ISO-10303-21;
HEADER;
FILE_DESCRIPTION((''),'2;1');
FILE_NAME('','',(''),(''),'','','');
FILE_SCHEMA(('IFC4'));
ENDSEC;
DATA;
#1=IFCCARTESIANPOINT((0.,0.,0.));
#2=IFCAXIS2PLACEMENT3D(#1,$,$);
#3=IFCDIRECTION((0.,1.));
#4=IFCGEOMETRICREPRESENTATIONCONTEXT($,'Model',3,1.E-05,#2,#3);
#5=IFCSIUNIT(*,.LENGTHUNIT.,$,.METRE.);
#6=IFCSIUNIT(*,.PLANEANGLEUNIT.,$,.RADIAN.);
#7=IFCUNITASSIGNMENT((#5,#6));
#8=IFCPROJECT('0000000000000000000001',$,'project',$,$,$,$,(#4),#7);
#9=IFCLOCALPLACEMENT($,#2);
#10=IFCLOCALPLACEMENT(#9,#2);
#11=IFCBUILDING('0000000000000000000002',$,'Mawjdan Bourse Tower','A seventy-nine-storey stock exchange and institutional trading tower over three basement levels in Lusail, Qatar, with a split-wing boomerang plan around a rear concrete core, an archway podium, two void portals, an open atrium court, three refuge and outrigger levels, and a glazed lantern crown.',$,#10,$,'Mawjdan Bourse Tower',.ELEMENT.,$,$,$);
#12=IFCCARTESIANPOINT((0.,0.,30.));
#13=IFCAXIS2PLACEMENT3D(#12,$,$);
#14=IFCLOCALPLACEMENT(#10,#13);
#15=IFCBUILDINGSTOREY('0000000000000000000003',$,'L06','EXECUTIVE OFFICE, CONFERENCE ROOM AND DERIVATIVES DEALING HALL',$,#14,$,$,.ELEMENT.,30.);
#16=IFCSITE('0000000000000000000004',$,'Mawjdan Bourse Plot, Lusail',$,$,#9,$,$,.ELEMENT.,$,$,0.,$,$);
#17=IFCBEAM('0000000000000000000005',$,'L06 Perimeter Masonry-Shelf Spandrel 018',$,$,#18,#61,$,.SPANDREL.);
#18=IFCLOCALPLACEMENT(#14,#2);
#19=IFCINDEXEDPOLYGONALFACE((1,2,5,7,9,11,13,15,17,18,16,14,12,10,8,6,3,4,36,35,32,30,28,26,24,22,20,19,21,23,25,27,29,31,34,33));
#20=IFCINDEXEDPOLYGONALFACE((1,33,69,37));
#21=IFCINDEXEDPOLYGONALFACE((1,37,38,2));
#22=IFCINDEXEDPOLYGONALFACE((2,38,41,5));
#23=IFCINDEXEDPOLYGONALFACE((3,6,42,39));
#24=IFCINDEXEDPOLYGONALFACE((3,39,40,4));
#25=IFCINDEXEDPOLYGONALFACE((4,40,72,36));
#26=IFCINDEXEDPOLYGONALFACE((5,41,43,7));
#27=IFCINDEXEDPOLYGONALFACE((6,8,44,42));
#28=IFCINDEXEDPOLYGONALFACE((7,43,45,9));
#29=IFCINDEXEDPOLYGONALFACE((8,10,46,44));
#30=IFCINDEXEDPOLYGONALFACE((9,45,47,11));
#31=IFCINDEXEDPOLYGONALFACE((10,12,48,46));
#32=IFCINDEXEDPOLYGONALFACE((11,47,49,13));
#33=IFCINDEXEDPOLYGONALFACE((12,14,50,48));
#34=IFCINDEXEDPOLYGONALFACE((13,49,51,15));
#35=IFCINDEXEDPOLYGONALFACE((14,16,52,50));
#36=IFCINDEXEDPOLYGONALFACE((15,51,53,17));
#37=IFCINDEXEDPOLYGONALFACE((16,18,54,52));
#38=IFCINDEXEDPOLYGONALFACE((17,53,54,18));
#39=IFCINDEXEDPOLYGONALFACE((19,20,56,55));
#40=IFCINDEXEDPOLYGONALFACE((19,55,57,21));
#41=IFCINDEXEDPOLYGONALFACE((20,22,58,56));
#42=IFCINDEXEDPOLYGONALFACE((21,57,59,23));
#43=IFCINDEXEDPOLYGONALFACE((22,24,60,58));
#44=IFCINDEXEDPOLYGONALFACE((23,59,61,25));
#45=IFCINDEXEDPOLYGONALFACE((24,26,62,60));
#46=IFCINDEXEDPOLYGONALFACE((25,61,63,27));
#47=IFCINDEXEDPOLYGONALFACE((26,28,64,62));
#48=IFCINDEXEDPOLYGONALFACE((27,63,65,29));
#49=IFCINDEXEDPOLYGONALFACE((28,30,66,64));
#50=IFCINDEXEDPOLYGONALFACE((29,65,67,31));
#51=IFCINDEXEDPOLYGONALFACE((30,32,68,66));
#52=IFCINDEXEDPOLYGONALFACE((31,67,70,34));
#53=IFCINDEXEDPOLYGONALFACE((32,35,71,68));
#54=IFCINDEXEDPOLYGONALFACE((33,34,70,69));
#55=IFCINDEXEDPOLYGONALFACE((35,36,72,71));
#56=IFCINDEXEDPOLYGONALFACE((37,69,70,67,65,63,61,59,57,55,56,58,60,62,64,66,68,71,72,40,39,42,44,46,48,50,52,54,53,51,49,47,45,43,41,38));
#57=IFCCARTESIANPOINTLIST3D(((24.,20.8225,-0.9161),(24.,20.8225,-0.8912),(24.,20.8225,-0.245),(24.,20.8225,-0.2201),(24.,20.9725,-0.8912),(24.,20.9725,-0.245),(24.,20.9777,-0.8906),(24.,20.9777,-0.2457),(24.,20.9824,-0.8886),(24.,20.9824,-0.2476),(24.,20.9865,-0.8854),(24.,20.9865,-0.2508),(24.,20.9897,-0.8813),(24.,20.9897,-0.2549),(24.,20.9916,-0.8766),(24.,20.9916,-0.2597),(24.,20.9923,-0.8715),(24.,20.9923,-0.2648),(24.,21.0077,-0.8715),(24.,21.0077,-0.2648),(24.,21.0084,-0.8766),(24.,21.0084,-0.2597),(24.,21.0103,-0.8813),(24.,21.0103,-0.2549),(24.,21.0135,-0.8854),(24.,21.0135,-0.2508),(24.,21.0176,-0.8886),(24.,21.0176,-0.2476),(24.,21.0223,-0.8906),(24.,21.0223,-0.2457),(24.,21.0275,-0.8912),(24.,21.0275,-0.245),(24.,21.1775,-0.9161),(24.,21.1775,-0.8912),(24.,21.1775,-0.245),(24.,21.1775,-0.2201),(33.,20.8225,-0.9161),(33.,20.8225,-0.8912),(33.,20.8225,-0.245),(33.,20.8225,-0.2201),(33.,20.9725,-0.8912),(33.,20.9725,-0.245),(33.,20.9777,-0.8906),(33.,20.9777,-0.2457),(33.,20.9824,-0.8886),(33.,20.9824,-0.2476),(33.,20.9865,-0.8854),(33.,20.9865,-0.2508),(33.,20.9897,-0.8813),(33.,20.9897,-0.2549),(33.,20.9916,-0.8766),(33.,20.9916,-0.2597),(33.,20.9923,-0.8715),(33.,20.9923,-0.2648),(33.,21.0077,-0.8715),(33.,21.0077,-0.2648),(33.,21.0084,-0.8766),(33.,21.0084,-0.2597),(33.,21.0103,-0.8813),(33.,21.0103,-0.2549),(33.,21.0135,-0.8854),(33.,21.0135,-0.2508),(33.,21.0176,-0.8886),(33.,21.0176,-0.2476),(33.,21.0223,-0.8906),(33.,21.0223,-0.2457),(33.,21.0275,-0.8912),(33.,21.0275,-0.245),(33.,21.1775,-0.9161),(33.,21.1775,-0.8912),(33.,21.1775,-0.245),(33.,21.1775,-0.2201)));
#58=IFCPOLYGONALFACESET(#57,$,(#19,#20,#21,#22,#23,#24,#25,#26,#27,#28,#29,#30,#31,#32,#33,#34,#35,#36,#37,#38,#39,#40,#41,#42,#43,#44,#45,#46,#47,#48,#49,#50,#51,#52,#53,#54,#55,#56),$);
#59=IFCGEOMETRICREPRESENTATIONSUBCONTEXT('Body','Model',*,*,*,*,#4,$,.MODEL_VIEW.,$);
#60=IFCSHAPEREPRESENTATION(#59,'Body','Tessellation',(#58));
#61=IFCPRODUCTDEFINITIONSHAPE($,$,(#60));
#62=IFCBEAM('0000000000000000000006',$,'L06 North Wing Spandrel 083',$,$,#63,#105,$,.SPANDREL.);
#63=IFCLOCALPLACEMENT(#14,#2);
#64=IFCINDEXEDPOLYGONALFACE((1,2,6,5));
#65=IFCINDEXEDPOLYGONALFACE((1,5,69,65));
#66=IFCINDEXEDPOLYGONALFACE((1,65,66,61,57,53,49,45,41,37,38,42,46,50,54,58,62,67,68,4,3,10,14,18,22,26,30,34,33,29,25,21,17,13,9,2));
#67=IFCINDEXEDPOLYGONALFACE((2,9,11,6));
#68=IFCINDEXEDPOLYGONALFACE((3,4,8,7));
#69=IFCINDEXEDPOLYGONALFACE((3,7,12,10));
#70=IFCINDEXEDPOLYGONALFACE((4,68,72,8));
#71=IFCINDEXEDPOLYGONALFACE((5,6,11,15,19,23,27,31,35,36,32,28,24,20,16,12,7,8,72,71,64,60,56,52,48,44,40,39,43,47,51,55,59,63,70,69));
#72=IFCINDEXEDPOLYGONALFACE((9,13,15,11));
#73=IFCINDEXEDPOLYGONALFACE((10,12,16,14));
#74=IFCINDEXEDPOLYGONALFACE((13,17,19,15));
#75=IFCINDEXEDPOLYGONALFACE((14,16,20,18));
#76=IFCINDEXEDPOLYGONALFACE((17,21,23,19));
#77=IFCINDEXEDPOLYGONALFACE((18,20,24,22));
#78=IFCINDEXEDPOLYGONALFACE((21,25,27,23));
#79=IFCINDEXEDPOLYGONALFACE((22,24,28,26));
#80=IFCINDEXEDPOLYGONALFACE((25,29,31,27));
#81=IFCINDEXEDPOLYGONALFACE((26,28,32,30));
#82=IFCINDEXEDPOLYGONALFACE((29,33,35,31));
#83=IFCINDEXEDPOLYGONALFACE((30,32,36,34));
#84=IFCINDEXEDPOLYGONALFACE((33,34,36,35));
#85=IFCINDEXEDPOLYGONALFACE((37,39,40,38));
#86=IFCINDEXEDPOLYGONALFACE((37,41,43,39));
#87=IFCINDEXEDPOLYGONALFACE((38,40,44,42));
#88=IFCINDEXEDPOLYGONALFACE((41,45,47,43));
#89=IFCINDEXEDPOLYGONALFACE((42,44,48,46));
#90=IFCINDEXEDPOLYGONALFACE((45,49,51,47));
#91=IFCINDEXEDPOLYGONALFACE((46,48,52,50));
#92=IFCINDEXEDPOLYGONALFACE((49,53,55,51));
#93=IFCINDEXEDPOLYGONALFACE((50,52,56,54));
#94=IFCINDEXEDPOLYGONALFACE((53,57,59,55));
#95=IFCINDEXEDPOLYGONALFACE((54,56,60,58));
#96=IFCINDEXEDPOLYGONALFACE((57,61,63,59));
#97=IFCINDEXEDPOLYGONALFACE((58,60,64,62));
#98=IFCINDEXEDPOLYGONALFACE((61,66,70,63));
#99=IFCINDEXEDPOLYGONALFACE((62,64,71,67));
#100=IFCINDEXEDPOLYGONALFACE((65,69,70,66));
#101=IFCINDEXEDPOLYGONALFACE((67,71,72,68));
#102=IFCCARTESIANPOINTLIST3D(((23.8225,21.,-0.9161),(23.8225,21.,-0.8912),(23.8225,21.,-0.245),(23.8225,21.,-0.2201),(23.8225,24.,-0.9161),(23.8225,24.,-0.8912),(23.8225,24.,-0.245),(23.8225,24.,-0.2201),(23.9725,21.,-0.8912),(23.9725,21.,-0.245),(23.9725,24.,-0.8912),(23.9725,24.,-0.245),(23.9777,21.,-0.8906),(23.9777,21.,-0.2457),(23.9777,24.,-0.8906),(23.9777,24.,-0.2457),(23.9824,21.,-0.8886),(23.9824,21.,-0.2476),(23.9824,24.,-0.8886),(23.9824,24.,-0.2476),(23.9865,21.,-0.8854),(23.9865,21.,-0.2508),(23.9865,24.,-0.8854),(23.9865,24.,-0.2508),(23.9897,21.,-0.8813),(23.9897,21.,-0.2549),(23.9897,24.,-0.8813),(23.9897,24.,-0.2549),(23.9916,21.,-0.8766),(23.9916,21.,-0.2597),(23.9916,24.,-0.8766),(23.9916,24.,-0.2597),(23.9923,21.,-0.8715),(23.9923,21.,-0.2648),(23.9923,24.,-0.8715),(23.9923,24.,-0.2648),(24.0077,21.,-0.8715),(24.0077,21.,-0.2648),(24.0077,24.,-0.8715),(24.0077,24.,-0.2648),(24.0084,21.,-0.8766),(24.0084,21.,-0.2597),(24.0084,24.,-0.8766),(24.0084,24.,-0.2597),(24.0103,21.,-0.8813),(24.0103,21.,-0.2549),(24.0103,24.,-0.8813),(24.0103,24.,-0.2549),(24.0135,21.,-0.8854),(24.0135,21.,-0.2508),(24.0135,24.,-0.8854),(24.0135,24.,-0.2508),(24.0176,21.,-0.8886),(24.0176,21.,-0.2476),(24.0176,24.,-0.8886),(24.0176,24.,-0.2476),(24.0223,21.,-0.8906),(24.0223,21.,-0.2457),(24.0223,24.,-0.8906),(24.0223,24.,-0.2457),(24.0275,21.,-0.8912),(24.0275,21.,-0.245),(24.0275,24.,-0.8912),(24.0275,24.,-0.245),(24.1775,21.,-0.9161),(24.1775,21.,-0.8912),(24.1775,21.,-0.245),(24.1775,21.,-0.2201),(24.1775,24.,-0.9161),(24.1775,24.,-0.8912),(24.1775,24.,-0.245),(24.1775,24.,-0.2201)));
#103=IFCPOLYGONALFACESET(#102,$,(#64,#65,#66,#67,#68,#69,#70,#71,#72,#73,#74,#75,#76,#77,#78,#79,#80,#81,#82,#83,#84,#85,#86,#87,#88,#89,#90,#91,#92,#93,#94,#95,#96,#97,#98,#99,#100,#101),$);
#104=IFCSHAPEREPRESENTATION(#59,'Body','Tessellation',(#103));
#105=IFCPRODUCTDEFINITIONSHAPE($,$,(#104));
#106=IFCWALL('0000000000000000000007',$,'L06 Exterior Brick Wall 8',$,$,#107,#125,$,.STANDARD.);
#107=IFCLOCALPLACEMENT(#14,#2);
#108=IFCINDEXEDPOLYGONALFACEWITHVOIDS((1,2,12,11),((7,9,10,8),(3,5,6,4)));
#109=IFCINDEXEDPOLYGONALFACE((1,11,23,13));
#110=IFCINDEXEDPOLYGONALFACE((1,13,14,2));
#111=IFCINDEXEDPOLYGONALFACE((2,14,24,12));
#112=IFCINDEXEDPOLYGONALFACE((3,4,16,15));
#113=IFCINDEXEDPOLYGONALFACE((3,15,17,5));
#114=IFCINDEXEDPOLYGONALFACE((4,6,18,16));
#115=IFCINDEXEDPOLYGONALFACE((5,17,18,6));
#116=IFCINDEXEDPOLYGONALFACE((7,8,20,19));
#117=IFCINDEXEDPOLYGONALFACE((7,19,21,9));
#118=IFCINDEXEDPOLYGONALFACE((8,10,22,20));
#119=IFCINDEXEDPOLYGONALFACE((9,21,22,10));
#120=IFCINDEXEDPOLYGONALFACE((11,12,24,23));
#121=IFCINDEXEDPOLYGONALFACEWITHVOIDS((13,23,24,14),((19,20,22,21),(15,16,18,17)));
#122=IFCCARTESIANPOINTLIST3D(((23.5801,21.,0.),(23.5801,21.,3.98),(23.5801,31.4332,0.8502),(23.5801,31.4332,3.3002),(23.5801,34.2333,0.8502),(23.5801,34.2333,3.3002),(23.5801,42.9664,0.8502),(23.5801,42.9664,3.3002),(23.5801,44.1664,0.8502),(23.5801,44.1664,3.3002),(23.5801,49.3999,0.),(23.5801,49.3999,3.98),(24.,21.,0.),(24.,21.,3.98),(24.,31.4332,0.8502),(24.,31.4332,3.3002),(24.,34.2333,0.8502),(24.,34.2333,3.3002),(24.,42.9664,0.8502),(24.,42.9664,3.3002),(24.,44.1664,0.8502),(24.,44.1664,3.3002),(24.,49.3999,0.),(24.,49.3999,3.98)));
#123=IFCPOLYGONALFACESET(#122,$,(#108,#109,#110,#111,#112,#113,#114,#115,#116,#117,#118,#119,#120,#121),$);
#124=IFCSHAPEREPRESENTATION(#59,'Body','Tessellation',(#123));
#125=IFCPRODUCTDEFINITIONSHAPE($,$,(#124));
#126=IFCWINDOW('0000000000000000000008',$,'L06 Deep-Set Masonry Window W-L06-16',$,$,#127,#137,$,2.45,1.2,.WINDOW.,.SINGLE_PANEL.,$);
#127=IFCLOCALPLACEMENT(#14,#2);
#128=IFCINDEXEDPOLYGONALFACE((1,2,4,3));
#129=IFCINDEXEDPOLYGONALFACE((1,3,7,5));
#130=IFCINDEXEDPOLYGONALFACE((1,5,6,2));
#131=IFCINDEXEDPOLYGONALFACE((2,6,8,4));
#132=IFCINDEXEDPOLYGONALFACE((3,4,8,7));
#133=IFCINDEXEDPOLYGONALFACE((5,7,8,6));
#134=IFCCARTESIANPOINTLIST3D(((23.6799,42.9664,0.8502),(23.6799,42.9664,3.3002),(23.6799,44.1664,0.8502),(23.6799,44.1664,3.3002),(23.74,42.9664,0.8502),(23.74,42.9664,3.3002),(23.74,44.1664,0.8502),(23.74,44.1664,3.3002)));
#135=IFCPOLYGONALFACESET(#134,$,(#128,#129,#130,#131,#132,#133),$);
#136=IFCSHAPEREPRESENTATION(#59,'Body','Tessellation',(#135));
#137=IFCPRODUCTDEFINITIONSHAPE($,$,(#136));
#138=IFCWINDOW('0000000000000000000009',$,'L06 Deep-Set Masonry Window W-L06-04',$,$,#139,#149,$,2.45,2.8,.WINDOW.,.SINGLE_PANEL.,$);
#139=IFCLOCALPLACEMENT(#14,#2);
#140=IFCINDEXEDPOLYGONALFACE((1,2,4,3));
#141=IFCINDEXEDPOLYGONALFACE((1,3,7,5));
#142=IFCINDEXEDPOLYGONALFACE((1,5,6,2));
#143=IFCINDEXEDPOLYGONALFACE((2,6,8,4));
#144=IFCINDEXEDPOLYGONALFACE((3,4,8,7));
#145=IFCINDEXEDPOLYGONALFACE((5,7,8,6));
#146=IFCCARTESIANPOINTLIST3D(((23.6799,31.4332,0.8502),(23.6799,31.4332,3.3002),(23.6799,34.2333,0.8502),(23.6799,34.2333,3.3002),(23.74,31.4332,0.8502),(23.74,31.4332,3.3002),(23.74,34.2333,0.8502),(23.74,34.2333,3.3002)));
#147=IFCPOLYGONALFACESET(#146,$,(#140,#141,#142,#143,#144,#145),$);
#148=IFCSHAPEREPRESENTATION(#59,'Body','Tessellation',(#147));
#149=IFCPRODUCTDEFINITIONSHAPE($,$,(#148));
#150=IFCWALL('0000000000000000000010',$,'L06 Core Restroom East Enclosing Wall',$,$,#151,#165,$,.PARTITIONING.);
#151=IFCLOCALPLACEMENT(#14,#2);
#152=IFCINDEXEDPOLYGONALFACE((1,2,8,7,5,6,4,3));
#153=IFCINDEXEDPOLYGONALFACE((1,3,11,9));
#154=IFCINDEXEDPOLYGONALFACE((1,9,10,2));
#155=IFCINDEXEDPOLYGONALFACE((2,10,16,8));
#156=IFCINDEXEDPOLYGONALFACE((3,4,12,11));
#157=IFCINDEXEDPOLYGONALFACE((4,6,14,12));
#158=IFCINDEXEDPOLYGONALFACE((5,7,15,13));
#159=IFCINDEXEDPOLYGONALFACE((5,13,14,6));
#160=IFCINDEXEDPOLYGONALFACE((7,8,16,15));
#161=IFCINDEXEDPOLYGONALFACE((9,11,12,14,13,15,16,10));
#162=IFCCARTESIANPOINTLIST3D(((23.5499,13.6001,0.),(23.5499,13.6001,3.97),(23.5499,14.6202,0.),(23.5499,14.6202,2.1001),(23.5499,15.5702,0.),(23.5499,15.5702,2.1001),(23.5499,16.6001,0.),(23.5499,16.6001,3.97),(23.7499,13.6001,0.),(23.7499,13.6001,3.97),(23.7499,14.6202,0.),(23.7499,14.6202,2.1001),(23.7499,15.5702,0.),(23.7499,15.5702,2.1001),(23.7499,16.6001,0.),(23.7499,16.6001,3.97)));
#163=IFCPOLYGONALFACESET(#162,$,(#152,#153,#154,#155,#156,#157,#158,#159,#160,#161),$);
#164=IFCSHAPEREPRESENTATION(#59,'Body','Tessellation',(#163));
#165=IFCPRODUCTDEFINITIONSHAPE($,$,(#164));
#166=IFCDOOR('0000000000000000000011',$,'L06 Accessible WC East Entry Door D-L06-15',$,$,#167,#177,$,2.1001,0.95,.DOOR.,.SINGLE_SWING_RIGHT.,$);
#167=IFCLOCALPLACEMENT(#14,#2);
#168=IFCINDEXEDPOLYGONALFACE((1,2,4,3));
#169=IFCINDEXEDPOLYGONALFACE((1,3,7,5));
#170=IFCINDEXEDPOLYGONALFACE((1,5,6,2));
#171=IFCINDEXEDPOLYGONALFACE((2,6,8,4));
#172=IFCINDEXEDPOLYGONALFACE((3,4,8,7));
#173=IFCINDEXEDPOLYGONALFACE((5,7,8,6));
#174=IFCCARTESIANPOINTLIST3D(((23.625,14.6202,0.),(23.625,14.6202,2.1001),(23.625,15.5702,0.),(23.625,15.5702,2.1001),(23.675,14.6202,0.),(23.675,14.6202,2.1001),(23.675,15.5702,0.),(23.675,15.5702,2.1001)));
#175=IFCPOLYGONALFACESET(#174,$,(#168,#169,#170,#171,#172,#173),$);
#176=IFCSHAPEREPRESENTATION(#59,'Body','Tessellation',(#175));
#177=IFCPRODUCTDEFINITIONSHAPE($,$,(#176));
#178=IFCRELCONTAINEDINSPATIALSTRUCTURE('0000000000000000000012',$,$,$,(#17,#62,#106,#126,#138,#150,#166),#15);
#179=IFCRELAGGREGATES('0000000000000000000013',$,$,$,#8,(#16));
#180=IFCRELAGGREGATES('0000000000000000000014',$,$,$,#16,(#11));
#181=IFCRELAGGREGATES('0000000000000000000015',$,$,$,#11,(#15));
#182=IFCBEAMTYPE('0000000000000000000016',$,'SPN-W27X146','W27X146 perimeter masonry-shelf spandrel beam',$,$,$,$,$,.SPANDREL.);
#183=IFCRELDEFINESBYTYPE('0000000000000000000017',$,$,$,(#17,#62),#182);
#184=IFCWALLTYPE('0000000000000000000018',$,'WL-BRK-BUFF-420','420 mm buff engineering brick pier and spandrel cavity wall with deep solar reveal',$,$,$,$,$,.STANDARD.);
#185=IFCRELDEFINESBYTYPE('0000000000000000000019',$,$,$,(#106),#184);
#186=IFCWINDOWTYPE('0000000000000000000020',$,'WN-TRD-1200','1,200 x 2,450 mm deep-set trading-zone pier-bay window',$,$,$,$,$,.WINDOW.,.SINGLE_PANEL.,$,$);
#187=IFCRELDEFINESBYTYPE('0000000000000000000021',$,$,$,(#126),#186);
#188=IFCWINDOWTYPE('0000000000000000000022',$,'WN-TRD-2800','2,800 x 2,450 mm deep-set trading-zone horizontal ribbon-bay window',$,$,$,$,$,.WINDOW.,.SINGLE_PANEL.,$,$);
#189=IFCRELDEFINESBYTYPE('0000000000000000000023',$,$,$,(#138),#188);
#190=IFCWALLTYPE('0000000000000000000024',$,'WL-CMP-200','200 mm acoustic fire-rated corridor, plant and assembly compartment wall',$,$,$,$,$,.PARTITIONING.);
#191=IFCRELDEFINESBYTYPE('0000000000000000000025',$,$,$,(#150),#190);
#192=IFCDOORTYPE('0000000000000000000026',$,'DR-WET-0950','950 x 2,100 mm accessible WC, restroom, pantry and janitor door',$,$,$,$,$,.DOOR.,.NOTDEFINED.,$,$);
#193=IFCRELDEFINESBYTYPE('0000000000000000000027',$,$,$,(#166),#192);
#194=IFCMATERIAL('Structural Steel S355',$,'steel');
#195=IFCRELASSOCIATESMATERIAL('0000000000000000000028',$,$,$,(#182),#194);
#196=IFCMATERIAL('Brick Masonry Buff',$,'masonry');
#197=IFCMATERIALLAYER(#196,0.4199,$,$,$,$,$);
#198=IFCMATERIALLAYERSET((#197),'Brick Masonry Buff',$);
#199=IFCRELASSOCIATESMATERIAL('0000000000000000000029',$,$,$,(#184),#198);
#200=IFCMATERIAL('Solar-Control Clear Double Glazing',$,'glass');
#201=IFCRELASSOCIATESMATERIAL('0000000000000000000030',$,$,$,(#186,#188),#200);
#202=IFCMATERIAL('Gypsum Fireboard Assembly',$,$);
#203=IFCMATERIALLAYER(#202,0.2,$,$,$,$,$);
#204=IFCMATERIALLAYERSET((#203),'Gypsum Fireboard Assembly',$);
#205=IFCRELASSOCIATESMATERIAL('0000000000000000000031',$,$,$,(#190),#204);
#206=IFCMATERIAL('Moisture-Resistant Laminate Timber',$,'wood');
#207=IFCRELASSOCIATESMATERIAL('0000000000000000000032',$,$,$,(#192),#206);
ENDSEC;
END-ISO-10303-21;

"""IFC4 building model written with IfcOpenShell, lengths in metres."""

from ifc_helpers import new_model, si_unit, direction, frame, frame_2d, origin, origin_2d, place, context, subcontext, project, spatial, rectangle, i_section, extrude, material, layer, layer_set, material_profile, profile_set, type_object, element, fill, save


model = new_model("IFC4")

# Units and contexts
model_context = context("Model", 3, precision=1e-05, world=origin(), true_north=direction((0.0, 1.0)))
body_context = subcontext(model_context, "Body", "Model", "MODEL_VIEW")
ifc_project = project(units=[si_unit("LENGTHUNIT", "METRE"), si_unit("PLANEANGLEUNIT", "RADIAN")], contexts=[model_context])

# Site, building, storey
site_placement = place(None, origin())
site = spatial("IfcSite", under=ifc_project, at=site_placement, Name="Mawjdan Bourse Plot, Lusail", CompositionType="ELEMENT", RefElevation=0.0)
building_placement = place(site_placement, origin())
building = spatial("IfcBuilding", under=site, at=building_placement, Name="Mawjdan Bourse Tower", Description="A seventy-nine-storey stock exchange and institutional trading tower over three basement levels in Lusail, Qatar, with a split-wing boomerang plan around a rear concrete core, an archway podium, two void portals, an open atrium court, three refuge and outrigger levels, and a glazed lantern crown.", LongName="Mawjdan Bourse Tower", CompositionType="ELEMENT")
storey_placement = place(building_placement, frame((0.0, 0.0, 30.0)))
storey = spatial("IfcBuildingStorey", under=building, at=storey_placement, Name="L06", Description="EXECUTIVE OFFICE, CONFERENCE ROOM AND DERIVATIVES DEALING HALL", CompositionType="ELEMENT", Elevation=30.0)

# Beams
ifc_material_1 = material(Name="Structural Steel S355", Category="steel")
ifc_material_profile_1 = material_profile(ifc_material_1, i_section(OverallWidth=0.355, OverallDepth=0.696, WebThickness=0.0154, FlangeThickness=0.0249, FilletRadius=0.0198, at=origin_2d()), Name="W27X146")
ifc_profile_set_1 = profile_set([ifc_material_profile_1], Name="Structural Steel S355")
beam_type_1 = type_object("IfcBeamType", Name="SPN-W27X146", Description="W27X146 perimeter masonry-shelf spandrel beam", PredefinedType="SPANDREL", material=ifc_profile_set_1)
beam_1_placement = place(storey_placement, frame((24.0, 21.0, -0.5681), z_axis=(1.0, 0.0, 0.0), x_axis=(0.0, 1.0, 0.0)))
element("IfcBeam", 1, at=beam_1_placement, inside=storey, type_object=beam_type_1, Name="L06 Perimeter Masonry-Shelf Spandrel 018", PredefinedType="SPANDREL", context=body_context, shape_type="SweptSolid", body=[
    extrude(i_section(OverallWidth=0.355, OverallDepth=0.696, WebThickness=0.0154, FlangeThickness=0.0249, FilletRadius=0.0198, at=origin_2d()), origin(), (0.0, 0.0, 1.0), 9.0),
])
beam_2_placement = place(storey_placement, frame((24.0, 21.0, -0.5681), z_axis=(0.0, 1.0, 0.0), x_axis=(-1.0, 0.0, 0.0)))
element("IfcBeam", 2, at=beam_2_placement, inside=storey, type_object=beam_type_1, Name="L06 North Wing Spandrel 083", PredefinedType="SPANDREL", context=body_context, shape_type="SweptSolid", body=[
    extrude(i_section(OverallWidth=0.355, OverallDepth=0.696, WebThickness=0.0154, FlangeThickness=0.0249, FilletRadius=0.0198, at=origin_2d()), origin(), (0.0, 0.0, 1.0), 3.0),
])

# Wall, openings, windows
ifc_material_2 = material(Name="Brick Masonry Buff", Category="masonry")
ifc_layer_1 = layer(ifc_material_2, 0.4199)
ifc_layer_set_1 = layer_set([ifc_layer_1], Name="Brick Masonry Buff")
wall_type_1 = type_object("IfcWallType", Name="WL-BRK-BUFF-420", Description="420 mm buff engineering brick pier and spandrel cavity wall with deep solar reveal", PredefinedType="STANDARD", material=ifc_layer_set_1)
wall_1_placement = place(storey_placement, frame((23.79, 21.0, 0.0), z_axis=(0.0, 0.0, 1.0), x_axis=(0.0, 1.0, 0.0)))
wall_1 = element("IfcWall", 3, at=wall_1_placement, inside=storey, type_object=wall_type_1, Name="L06 Exterior Brick Wall 8", PredefinedType="STANDARD", context=body_context, shape_type="SweptSolid", body=[
    extrude(rectangle(XDim=28.3999, YDim=0.4199, at=frame_2d((14.2, 0.0))), origin(), (0.0, 0.0, 1.0), 3.98),
])
opening_1_placement = place(wall_1_placement, frame((10.4333, 0.0, 0.8501)))
opening_1 = element("IfcOpeningElement", 4, at=opening_1_placement, cuts=wall_1, PredefinedType="OPENING", context=body_context, shape_type="SweptSolid", body=[
    extrude(rectangle(XDim=2.8, YDim=2.45, at=frame_2d((1.3999, 1.2251))), frame((0.0, 0.22, 0.0), z_axis=(0.0, -1.0, 0.0), x_axis=(1.0, 0.0, 0.0)), (0.0, 0.0, 1.0), 0.4399),
])
opening_2_placement = place(wall_1_placement, frame((21.9663, 0.0, 0.8501)))
opening_2 = element("IfcOpeningElement", 5, at=opening_2_placement, cuts=wall_1, PredefinedType="OPENING", context=body_context, shape_type="SweptSolid", body=[
    extrude(rectangle(XDim=1.2, YDim=2.45, at=frame_2d((0.6001, 1.2251))), frame((0.0, 0.22, 0.0), z_axis=(0.0, -1.0, 0.0), x_axis=(1.0, 0.0, 0.0)), (0.0, 0.0, 1.0), 0.4399),
])
ifc_material_3 = material(Name="Solar-Control Clear Double Glazing", Category="glass")
window_type_1 = type_object("IfcWindowType", Name="WN-TRD-1200", Description="1,200 x 2,450 mm deep-set trading-zone pier-bay window", PartitioningType="SINGLE_PANEL", PredefinedType="WINDOW", material=ifc_material_3)
window_1_placement = place(opening_2_placement, origin())
window_1 = element("IfcWindow", 6, at=window_1_placement, inside=storey, type_object=window_type_1, Name="L06 Deep-Set Masonry Window W-L06-16", OverallHeight=2.45, OverallWidth=1.2, PartitioningType="SINGLE_PANEL", PredefinedType="WINDOW", context=body_context, shape_type="SweptSolid", body=[
    extrude(rectangle(XDim=1.2, YDim=2.45, at=frame_2d((0.6001, 1.2251))), frame((0.0, 0.1101, 0.0), z_axis=(0.0, -1.0, 0.0), x_axis=(1.0, 0.0, 0.0)), (0.0, 0.0, 1.0), 0.0601),
])
fill(opening_2, window_1)
window_type_2 = type_object("IfcWindowType", Name="WN-TRD-2800", Description="2,800 x 2,450 mm deep-set trading-zone horizontal ribbon-bay window", PartitioningType="SINGLE_PANEL", PredefinedType="WINDOW", material=ifc_material_3)
window_2_placement = place(opening_1_placement, origin())
window_2 = element("IfcWindow", 7, at=window_2_placement, inside=storey, type_object=window_type_2, Name="L06 Deep-Set Masonry Window W-L06-04", OverallHeight=2.45, OverallWidth=2.8, PartitioningType="SINGLE_PANEL", PredefinedType="WINDOW", context=body_context, shape_type="SweptSolid", body=[
    extrude(rectangle(XDim=2.8, YDim=2.45, at=frame_2d((1.3999, 1.2251))), frame((0.0, 0.1101, 0.0), z_axis=(0.0, -1.0, 0.0), x_axis=(1.0, 0.0, 0.0)), (0.0, 0.0, 1.0), 0.0601),
])
fill(opening_1, window_2)

# Wall, opening, door
ifc_material_4 = material(Name="Gypsum Fireboard Assembly")
ifc_layer_2 = layer(ifc_material_4, 0.2)
ifc_layer_set_2 = layer_set([ifc_layer_2], Name="Gypsum Fireboard Assembly")
wall_type_2 = type_object("IfcWallType", Name="WL-CMP-200", Description="200 mm acoustic fire-rated corridor, plant and assembly compartment wall", PredefinedType="PARTITIONING", material=ifc_layer_set_2)
wall_2_placement = place(storey_placement, frame((23.6499, 13.6001, 0.0), z_axis=(0.0, 0.0, 1.0), x_axis=(0.0, 1.0, 0.0)))
wall_2 = element("IfcWall", 8, at=wall_2_placement, inside=storey, type_object=wall_type_2, Name="L06 Core Restroom East Enclosing Wall", PredefinedType="PARTITIONING", context=body_context, shape_type="SweptSolid", body=[
    extrude(rectangle(XDim=3.0, YDim=0.2, at=frame_2d((1.5, 0.0))), origin(), (0.0, 0.0, 1.0), 3.97),
])
opening_3_placement = place(wall_2_placement, frame((1.02, 0.0, 0.0)))
opening_3 = element("IfcOpeningElement", 9, at=opening_3_placement, cuts=wall_2, PredefinedType="OPENING", context=body_context, shape_type="SweptSolid", body=[
    extrude(rectangle(XDim=0.95, YDim=2.1001, at=frame_2d((0.4751, 1.05))), frame((0.0, 0.1099, 0.0), z_axis=(0.0, -1.0, 0.0), x_axis=(1.0, 0.0, 0.0)), (0.0, 0.0, 1.0), 0.22),
])
ifc_material_5 = material(Name="Moisture-Resistant Laminate Timber", Category="wood")
door_type_1 = type_object("IfcDoorType", Name="DR-WET-0950", Description="950 x 2,100 mm accessible WC, restroom, pantry and janitor door", OperationType="NOTDEFINED", PredefinedType="DOOR", material=ifc_material_5)
door_1_placement = place(opening_3_placement, origin())
door_1 = element("IfcDoor", 10, at=door_1_placement, inside=storey, type_object=door_type_1, Name="L06 Accessible WC East Entry Door D-L06-15", OperationType="SINGLE_SWING_RIGHT", OverallHeight=2.1001, OverallWidth=0.95, PredefinedType="DOOR", context=body_context, shape_type="SweptSolid", body=[
    extrude(rectangle(XDim=0.95, YDim=2.1001, at=frame_2d((0.4751, 1.05))), frame((0.0, 0.0249, 0.0), z_axis=(0.0, -1.0, 0.0), x_axis=(1.0, 0.0, 0.0)), (0.0, 0.0, 1.0), 0.05),
])
fill(opening_3, door_1)

save(model, "model.ifc")
